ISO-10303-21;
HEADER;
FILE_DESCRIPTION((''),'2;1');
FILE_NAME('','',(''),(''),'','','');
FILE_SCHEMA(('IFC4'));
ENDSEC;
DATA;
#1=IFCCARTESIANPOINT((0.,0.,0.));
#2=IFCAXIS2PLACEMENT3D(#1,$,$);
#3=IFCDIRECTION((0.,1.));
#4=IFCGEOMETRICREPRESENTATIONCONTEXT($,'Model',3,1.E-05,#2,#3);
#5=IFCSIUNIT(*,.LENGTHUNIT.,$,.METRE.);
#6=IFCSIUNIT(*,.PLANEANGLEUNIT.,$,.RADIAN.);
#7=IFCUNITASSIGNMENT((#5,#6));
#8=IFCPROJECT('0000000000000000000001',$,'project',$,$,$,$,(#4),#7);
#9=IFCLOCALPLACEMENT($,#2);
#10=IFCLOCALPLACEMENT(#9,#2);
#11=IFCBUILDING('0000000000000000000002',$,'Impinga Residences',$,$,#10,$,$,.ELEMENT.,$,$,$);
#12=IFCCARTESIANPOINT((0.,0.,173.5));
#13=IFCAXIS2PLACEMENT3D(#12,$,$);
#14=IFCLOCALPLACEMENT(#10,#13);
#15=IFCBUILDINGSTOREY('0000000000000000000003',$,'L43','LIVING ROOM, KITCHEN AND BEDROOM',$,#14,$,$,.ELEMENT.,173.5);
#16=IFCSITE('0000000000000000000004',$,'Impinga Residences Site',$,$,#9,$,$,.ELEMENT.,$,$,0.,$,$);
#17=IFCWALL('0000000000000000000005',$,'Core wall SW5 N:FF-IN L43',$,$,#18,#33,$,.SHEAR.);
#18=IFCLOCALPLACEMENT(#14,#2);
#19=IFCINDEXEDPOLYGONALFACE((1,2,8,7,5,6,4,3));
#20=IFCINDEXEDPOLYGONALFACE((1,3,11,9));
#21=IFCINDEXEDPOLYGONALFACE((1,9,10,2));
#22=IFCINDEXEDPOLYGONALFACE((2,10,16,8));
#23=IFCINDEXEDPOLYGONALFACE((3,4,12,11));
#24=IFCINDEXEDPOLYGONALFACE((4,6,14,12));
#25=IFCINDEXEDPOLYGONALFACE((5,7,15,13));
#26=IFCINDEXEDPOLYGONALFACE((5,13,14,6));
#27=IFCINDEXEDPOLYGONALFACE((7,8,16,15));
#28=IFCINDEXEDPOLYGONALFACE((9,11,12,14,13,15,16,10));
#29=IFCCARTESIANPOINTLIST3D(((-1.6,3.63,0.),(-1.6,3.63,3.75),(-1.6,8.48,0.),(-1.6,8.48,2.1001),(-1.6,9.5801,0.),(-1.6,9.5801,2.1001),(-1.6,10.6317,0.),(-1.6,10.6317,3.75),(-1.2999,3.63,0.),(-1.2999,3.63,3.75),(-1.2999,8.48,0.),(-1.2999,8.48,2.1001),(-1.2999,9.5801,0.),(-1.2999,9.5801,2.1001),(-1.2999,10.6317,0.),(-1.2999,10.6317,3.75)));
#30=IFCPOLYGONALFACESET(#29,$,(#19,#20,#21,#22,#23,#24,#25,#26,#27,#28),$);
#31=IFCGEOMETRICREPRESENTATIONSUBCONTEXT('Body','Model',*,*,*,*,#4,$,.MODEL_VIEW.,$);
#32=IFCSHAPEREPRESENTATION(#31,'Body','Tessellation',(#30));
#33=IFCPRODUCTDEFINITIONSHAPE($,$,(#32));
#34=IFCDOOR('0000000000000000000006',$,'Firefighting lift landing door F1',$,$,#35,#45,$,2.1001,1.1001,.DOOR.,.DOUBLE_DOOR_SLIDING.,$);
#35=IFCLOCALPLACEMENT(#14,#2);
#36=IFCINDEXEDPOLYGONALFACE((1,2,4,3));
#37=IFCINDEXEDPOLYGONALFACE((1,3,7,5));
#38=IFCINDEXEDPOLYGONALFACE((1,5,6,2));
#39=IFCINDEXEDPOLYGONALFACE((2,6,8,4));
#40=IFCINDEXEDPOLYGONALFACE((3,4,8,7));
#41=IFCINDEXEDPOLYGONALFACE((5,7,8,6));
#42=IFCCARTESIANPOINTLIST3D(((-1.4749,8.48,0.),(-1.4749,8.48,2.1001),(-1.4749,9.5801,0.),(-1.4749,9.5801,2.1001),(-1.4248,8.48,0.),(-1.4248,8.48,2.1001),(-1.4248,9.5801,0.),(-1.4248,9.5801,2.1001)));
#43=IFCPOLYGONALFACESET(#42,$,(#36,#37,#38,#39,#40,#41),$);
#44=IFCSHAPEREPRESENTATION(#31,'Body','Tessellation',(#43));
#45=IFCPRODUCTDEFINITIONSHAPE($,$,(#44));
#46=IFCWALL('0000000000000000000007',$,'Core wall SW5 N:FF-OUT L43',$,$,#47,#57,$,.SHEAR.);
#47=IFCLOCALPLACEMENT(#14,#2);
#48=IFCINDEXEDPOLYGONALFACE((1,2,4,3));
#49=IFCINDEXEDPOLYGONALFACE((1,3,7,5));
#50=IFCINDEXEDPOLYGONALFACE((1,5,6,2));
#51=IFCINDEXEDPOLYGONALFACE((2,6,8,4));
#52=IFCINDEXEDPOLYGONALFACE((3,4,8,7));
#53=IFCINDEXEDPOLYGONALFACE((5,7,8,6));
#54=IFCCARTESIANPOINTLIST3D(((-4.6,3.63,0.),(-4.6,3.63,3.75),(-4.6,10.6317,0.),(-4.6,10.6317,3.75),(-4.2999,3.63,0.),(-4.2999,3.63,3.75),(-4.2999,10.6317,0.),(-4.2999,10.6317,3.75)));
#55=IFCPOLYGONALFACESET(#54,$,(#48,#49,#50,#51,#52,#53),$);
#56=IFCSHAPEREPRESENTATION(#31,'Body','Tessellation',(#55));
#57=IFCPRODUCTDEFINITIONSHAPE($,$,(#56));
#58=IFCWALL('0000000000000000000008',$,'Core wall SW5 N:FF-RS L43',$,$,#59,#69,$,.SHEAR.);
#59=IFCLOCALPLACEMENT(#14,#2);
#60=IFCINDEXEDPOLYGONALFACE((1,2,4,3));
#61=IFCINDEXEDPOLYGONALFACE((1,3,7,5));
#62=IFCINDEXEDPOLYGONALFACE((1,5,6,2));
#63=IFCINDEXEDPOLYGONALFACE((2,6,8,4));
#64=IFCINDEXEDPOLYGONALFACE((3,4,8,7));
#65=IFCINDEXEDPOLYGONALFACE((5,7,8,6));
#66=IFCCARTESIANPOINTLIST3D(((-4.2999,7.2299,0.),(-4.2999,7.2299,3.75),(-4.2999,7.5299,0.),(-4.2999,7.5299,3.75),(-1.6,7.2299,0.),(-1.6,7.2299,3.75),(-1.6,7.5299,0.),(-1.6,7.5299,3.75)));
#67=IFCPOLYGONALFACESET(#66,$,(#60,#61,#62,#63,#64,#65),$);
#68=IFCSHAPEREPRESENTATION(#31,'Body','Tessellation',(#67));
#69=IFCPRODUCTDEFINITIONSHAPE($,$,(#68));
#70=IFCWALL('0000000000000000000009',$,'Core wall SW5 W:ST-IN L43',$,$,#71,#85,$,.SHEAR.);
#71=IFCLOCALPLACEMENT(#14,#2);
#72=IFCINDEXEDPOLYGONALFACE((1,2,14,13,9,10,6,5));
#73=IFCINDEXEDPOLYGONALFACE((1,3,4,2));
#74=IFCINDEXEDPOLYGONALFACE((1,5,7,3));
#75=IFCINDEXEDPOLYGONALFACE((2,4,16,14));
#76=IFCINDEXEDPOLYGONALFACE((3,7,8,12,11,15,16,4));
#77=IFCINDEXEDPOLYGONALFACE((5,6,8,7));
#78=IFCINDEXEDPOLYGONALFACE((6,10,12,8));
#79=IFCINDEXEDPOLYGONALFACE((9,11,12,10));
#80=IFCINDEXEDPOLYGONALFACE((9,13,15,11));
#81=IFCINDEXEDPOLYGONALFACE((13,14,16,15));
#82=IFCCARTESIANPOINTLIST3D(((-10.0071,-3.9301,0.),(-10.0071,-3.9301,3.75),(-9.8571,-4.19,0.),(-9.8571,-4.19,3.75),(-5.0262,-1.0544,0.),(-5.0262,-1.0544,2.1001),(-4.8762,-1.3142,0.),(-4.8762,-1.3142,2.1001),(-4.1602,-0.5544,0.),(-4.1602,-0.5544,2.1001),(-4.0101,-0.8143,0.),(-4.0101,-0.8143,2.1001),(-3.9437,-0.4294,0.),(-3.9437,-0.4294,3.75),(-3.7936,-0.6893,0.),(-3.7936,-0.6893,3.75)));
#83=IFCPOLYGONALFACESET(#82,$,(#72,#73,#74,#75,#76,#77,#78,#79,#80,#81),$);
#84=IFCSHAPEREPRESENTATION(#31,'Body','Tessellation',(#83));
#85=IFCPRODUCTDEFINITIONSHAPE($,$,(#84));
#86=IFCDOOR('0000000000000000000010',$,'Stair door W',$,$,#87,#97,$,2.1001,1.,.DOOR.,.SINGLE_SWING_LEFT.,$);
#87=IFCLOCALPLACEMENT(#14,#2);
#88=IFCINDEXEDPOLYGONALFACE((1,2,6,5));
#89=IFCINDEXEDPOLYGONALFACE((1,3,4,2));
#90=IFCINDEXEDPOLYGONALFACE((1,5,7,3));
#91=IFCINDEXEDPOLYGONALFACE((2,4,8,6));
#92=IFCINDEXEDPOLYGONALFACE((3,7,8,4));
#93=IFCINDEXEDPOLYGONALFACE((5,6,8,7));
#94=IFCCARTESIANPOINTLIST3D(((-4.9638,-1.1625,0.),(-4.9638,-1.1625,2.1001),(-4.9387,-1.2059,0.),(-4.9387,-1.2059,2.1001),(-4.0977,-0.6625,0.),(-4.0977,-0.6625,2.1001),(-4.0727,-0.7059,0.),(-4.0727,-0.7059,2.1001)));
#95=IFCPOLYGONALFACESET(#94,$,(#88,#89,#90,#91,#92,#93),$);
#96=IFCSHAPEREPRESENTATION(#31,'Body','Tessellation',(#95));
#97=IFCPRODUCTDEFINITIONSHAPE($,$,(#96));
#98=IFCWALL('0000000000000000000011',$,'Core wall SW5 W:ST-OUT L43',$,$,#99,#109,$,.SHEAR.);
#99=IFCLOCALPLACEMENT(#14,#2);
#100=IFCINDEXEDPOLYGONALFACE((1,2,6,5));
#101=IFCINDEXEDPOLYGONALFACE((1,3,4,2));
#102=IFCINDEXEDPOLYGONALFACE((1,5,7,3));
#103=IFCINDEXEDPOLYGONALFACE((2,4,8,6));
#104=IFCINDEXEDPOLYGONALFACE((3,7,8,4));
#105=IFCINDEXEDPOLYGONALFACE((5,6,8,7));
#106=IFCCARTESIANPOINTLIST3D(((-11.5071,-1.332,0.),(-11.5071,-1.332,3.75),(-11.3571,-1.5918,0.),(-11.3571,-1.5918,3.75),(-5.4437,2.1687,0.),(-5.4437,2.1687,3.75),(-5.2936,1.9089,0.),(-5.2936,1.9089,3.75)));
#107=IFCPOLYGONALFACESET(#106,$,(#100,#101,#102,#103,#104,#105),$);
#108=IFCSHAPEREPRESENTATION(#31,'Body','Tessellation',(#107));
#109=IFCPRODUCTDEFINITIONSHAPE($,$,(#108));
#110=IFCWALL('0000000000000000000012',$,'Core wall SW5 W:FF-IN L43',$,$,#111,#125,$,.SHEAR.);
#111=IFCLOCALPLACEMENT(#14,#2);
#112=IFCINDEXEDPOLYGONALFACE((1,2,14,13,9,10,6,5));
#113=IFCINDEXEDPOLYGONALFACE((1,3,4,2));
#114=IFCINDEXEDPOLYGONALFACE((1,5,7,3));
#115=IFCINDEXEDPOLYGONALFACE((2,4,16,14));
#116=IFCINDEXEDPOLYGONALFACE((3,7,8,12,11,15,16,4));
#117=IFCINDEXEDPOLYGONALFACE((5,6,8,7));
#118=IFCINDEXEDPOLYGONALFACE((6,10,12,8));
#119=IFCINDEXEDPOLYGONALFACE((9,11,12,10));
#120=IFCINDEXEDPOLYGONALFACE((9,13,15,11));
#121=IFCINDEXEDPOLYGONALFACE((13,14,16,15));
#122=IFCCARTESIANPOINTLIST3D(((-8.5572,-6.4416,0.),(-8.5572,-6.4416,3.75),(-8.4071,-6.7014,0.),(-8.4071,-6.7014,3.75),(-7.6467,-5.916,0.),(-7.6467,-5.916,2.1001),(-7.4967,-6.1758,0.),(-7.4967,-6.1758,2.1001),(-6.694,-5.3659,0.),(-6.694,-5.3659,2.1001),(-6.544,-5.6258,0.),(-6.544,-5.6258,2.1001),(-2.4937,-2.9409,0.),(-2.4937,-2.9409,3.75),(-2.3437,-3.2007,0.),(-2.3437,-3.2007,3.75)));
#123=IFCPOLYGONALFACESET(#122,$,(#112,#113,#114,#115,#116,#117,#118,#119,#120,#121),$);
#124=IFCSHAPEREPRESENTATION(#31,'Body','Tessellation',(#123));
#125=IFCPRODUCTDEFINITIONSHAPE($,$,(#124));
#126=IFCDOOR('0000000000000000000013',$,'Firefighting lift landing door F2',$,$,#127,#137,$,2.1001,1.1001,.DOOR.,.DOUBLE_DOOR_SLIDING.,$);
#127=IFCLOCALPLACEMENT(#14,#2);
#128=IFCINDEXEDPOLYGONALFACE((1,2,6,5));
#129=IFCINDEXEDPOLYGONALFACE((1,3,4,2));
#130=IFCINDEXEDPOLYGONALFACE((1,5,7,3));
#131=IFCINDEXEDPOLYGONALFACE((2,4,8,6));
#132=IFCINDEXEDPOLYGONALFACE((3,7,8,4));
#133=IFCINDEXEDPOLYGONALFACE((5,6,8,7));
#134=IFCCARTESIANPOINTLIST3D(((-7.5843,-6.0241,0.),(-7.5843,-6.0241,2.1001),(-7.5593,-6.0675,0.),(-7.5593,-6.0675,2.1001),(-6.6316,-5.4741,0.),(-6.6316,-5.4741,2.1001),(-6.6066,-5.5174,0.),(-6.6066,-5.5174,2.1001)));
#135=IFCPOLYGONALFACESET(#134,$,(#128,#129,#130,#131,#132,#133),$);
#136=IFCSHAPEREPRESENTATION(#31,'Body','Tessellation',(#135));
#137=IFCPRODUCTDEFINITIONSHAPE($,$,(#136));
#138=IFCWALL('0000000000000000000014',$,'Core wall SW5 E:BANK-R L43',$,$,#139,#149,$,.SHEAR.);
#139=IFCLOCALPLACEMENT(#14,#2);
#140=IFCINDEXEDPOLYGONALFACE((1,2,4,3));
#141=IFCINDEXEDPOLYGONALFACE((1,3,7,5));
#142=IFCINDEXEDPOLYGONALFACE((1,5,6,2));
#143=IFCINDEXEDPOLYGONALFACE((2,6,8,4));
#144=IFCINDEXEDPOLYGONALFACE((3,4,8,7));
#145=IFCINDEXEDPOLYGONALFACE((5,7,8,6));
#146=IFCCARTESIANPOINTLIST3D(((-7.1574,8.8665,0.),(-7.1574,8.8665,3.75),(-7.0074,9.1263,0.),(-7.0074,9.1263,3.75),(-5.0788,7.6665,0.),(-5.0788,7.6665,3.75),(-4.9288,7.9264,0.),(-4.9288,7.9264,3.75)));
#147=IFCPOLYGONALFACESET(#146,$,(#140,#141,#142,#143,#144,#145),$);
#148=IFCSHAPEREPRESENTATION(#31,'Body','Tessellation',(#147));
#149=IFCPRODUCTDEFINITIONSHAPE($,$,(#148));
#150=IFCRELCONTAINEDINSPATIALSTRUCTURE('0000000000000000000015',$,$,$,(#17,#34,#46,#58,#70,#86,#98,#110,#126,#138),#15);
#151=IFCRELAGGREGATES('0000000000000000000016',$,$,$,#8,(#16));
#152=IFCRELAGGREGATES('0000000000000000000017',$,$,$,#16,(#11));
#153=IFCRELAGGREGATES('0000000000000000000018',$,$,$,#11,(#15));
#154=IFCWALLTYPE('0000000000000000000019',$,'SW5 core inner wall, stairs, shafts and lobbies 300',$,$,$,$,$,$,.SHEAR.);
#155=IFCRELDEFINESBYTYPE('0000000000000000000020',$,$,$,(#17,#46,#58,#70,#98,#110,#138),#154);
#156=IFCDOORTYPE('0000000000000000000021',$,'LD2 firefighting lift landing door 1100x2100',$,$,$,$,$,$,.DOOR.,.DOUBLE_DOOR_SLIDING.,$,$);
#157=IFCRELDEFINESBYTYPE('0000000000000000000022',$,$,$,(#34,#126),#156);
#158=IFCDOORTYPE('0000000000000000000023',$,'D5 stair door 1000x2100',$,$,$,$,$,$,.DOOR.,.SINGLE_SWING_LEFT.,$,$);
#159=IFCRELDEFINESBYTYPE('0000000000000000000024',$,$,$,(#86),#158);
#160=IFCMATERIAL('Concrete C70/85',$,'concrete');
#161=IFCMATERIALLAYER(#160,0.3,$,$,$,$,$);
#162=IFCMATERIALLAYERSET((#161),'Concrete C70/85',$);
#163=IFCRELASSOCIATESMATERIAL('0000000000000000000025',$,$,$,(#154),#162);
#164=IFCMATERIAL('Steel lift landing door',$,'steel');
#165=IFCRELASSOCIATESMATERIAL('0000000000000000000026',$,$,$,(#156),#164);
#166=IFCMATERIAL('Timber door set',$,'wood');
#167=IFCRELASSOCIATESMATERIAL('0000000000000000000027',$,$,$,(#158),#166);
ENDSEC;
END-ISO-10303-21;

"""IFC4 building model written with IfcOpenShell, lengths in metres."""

from ifc_helpers import new_model, si_unit, direction, frame, frame_2d, origin, place, context, subcontext, project, spatial, rectangle, extrude, material, layer, layer_set, type_object, element, fill, save


model = new_model("IFC4")

# Units and contexts
model_context = context("Model", 3, precision=1e-05, world=origin(), true_north=direction((0.0, 1.0)))
body_context = subcontext(model_context, "Body", "Model", "MODEL_VIEW")
ifc_project = project(units=[si_unit("LENGTHUNIT", "METRE"), si_unit("PLANEANGLEUNIT", "RADIAN")], contexts=[model_context])

# Site, building, storey
site_placement = place(None, origin())
site = spatial("IfcSite", under=ifc_project, at=site_placement, Name="Impinga Residences Site", CompositionType="ELEMENT", RefElevation=0.0)
building_placement = place(site_placement, origin())
building = spatial("IfcBuilding", under=site, at=building_placement, Name="Impinga Residences", CompositionType="ELEMENT")
storey_placement = place(building_placement, frame((0.0, 0.0, 173.5)))
storey = spatial("IfcBuildingStorey", under=building, at=storey_placement, Name="L43", Description="LIVING ROOM, KITCHEN AND BEDROOM", CompositionType="ELEMENT", Elevation=173.5)

# Shared definitions
ifc_material_1 = material(Name="Concrete C70/85", Category="concrete")
ifc_layer_1 = layer(ifc_material_1, 0.3)
ifc_layer_set_1 = layer_set([ifc_layer_1], Name="Concrete C70/85")
wall_type_1 = type_object("IfcWallType", Name="SW5 core inner wall, stairs, shafts and lobbies 300", PredefinedType="SHEAR", material=ifc_layer_set_1)
ifc_material_2 = material(Name="Timber door set", Category="wood")

# Wall, opening, door
wall_1_placement = place(storey_placement, frame((-1.45, 3.6299, 0.0), z_axis=(0.0, 0.0, 1.0), x_axis=(0.0, 1.0, 0.0)))
wall_1 = element("IfcWall", 1, at=wall_1_placement, inside=storey, type_object=wall_type_1, Name="Core wall SW5 N:FF-IN L43", PredefinedType="SHEAR", context=body_context, shape_type="SweptSolid", body=[
    extrude(rectangle(XDim=7.0017, YDim=0.3, at=frame_2d((3.501, 0.0))), origin(), (0.0, 0.0, 1.0), 3.75),
])
opening_1_placement = place(wall_1_placement, frame((4.8501, 0.0, 0.0)))
opening_1 = element("IfcOpeningElement", 2, at=opening_1_placement, cuts=wall_1, PredefinedType="OPENING", context=body_context, shape_type="SweptSolid", body=[
    extrude(rectangle(XDim=1.1001, YDim=2.1001, at=frame_2d((0.55, 1.05))), frame((0.0, 0.1599, 0.0), z_axis=(0.0, -1.0, 0.0), x_axis=(1.0, 0.0, 0.0)), (0.0, 0.0, 1.0), 0.3201),
])
ifc_material_3 = material(Name="Steel lift landing door", Category="steel")
door_type_1 = type_object("IfcDoorType", Name="LD2 firefighting lift landing door 1100x2100", OperationType="DOUBLE_DOOR_SLIDING", PredefinedType="DOOR", material=ifc_material_3)
door_1_placement = place(opening_1_placement, origin())
door_1 = element("IfcDoor", 3, at=door_1_placement, inside=storey, type_object=door_type_1, Name="Firefighting lift landing door F1", OperationType="DOUBLE_DOOR_SLIDING", OverallHeight=2.1001, OverallWidth=1.1001, PredefinedType="DOOR", context=body_context, shape_type="SweptSolid", body=[
    extrude(rectangle(XDim=1.1001, YDim=2.1001, at=frame_2d((0.55, 1.05))), frame((0.0, 0.0249, 0.0), z_axis=(0.0, -1.0, 0.0), x_axis=(1.0, 0.0, 0.0)), (0.0, 0.0, 1.0), 0.05),
])
fill(opening_1, door_1)

# Walls
wall_2_placement = place(storey_placement, frame((-4.45, 3.6299, 0.0), z_axis=(0.0, 0.0, 1.0), x_axis=(0.0, 1.0, 0.0)))
element("IfcWall", 4, at=wall_2_placement, inside=storey, type_object=wall_type_1, Name="Core wall SW5 N:FF-OUT L43", PredefinedType="SHEAR", context=body_context, shape_type="SweptSolid", body=[
    extrude(rectangle(XDim=7.0017, YDim=0.3, at=frame_2d((3.501, 0.0))), origin(), (0.0, 0.0, 1.0), 3.75),
])
wall_3_placement = place(storey_placement, frame((-4.3, 7.3799, 0.0), z_axis=(0.0, 0.0, 1.0), x_axis=(1.0, 0.0, 0.0)))
element("IfcWall", 5, at=wall_3_placement, inside=storey, type_object=wall_type_1, Name="Core wall SW5 N:FF-RS L43", PredefinedType="SHEAR", context=body_context, shape_type="SweptSolid", body=[
    extrude(rectangle(XDim=2.7, YDim=0.3, at=frame_2d((1.3501, 0.0))), origin(), (0.0, 0.0, 1.0), 3.75),
])

# Wall, opening, door
wall_4_placement = place(storey_placement, frame((-3.8687, -0.5593, 0.0), z_axis=(0.0, 0.0, 1.0), x_axis=(-0.866026, -0.499998, 0.0)))
wall_4 = element("IfcWall", 6, at=wall_4_placement, inside=storey, type_object=wall_type_1, Name="Core wall SW5 W:ST-IN L43", PredefinedType="SHEAR", context=body_context, shape_type="SweptSolid", body=[
    extrude(rectangle(XDim=7.0015, YDim=0.3, at=frame_2d((3.5007, 0.0))), origin(), (0.0, 0.0, 1.0), 3.75),
])
opening_2_placement = place(wall_4_placement, frame((0.25, 0.0, 0.0)))
opening_2 = element("IfcOpeningElement", 7, at=opening_2_placement, cuts=wall_4, PredefinedType="OPENING", context=body_context, shape_type="SweptSolid", body=[
    extrude(rectangle(XDim=1.0, YDim=2.1001, at=frame_2d((0.5, 1.05))), frame((0.0, 0.1599, 0.0), z_axis=(0.0, -1.0, 0.0), x_axis=(1.0, 0.0, 0.0)), (0.0, 0.0, 1.0), 0.3201),
])
door_type_2 = type_object("IfcDoorType", Name="D5 stair door 1000x2100", OperationType="SINGLE_SWING_LEFT", PredefinedType="DOOR", material=ifc_material_2)
door_2_placement = place(opening_2_placement, origin())
door_2 = element("IfcDoor", 8, at=door_2_placement, inside=storey, type_object=door_type_2, Name="Stair door W", OperationType="SINGLE_SWING_LEFT", OverallHeight=2.1001, OverallWidth=1.0, PredefinedType="DOOR", context=body_context, shape_type="SweptSolid", body=[
    extrude(rectangle(XDim=1.0, YDim=2.1001, at=frame_2d((0.5, 1.05))), frame((0.0, 0.0249, 0.0), z_axis=(0.0, -1.0, 0.0), x_axis=(1.0, 0.0, 0.0)), (0.0, 0.0, 1.0), 0.05),
])
fill(opening_2, door_2)

# Wall
wall_5_placement = place(storey_placement, frame((-5.3687, 2.0388, 0.0), z_axis=(0.0, 0.0, 1.0), x_axis=(-0.866026, -0.499998, 0.0)))
element("IfcWall", 9, at=wall_5_placement, inside=storey, type_object=wall_type_1, Name="Core wall SW5 W:ST-OUT L43", PredefinedType="SHEAR", context=body_context, shape_type="SweptSolid", body=[
    extrude(rectangle(XDim=7.0015, YDim=0.3, at=frame_2d((3.5007, 0.0))), origin(), (0.0, 0.0, 1.0), 3.75),
])

# Wall, opening, door
wall_6_placement = place(storey_placement, frame((-2.4187, -3.0708, 0.0), z_axis=(0.0, 0.0, 1.0), x_axis=(-0.866026, -0.499998, 0.0)))
wall_6 = element("IfcWall", 10, at=wall_6_placement, inside=storey, type_object=wall_type_1, Name="Core wall SW5 W:FF-IN L43", PredefinedType="SHEAR", context=body_context, shape_type="SweptSolid", body=[
    extrude(rectangle(XDim=7.0015, YDim=0.3, at=frame_2d((3.5007, 0.0))), origin(), (0.0, 0.0, 1.0), 3.75),
])
opening_3_placement = place(wall_6_placement, frame((4.8501, 0.0, 0.0)))
opening_3 = element("IfcOpeningElement", 11, at=opening_3_placement, cuts=wall_6, PredefinedType="OPENING", context=body_context, shape_type="SweptSolid", body=[
    extrude(rectangle(XDim=1.1001, YDim=2.1001, at=frame_2d((0.55, 1.05))), frame((0.0, 0.1599, 0.0), z_axis=(0.0, -1.0, 0.0), x_axis=(1.0, 0.0, 0.0)), (0.0, 0.0, 1.0), 0.3201),
])
door_3_placement = place(opening_3_placement, origin())
door_3 = element("IfcDoor", 12, at=door_3_placement, inside=storey, type_object=door_type_1, Name="Firefighting lift landing door F2", OperationType="DOUBLE_DOOR_SLIDING", OverallHeight=2.1001, OverallWidth=1.1001, PredefinedType="DOOR", context=body_context, shape_type="SweptSolid", body=[
    extrude(rectangle(XDim=1.1001, YDim=2.1001, at=frame_2d((0.55, 1.05))), frame((0.0, 0.0249, 0.0), z_axis=(0.0, -1.0, 0.0), x_axis=(1.0, 0.0, 0.0)), (0.0, 0.0, 1.0), 0.05),
])
fill(opening_3, door_3)

# Wall
wall_7_placement = place(storey_placement, frame((-5.0037, 7.7964, 0.0), z_axis=(0.0, 0.0, 1.0), x_axis=(-0.86605, 0.499957, 0.0)))
element("IfcWall", 13, at=wall_7_placement, inside=storey, type_object=wall_type_1, Name="Core wall SW5 E:BANK-R L43", PredefinedType="SHEAR", context=body_context, shape_type="SweptSolid", body=[
    extrude(rectangle(XDim=2.4001, YDim=0.3, at=frame_2d((1.2002, 0.0))), origin(), (0.0, 0.0, 1.0), 3.75),
])

save(model, "model.ifc")
